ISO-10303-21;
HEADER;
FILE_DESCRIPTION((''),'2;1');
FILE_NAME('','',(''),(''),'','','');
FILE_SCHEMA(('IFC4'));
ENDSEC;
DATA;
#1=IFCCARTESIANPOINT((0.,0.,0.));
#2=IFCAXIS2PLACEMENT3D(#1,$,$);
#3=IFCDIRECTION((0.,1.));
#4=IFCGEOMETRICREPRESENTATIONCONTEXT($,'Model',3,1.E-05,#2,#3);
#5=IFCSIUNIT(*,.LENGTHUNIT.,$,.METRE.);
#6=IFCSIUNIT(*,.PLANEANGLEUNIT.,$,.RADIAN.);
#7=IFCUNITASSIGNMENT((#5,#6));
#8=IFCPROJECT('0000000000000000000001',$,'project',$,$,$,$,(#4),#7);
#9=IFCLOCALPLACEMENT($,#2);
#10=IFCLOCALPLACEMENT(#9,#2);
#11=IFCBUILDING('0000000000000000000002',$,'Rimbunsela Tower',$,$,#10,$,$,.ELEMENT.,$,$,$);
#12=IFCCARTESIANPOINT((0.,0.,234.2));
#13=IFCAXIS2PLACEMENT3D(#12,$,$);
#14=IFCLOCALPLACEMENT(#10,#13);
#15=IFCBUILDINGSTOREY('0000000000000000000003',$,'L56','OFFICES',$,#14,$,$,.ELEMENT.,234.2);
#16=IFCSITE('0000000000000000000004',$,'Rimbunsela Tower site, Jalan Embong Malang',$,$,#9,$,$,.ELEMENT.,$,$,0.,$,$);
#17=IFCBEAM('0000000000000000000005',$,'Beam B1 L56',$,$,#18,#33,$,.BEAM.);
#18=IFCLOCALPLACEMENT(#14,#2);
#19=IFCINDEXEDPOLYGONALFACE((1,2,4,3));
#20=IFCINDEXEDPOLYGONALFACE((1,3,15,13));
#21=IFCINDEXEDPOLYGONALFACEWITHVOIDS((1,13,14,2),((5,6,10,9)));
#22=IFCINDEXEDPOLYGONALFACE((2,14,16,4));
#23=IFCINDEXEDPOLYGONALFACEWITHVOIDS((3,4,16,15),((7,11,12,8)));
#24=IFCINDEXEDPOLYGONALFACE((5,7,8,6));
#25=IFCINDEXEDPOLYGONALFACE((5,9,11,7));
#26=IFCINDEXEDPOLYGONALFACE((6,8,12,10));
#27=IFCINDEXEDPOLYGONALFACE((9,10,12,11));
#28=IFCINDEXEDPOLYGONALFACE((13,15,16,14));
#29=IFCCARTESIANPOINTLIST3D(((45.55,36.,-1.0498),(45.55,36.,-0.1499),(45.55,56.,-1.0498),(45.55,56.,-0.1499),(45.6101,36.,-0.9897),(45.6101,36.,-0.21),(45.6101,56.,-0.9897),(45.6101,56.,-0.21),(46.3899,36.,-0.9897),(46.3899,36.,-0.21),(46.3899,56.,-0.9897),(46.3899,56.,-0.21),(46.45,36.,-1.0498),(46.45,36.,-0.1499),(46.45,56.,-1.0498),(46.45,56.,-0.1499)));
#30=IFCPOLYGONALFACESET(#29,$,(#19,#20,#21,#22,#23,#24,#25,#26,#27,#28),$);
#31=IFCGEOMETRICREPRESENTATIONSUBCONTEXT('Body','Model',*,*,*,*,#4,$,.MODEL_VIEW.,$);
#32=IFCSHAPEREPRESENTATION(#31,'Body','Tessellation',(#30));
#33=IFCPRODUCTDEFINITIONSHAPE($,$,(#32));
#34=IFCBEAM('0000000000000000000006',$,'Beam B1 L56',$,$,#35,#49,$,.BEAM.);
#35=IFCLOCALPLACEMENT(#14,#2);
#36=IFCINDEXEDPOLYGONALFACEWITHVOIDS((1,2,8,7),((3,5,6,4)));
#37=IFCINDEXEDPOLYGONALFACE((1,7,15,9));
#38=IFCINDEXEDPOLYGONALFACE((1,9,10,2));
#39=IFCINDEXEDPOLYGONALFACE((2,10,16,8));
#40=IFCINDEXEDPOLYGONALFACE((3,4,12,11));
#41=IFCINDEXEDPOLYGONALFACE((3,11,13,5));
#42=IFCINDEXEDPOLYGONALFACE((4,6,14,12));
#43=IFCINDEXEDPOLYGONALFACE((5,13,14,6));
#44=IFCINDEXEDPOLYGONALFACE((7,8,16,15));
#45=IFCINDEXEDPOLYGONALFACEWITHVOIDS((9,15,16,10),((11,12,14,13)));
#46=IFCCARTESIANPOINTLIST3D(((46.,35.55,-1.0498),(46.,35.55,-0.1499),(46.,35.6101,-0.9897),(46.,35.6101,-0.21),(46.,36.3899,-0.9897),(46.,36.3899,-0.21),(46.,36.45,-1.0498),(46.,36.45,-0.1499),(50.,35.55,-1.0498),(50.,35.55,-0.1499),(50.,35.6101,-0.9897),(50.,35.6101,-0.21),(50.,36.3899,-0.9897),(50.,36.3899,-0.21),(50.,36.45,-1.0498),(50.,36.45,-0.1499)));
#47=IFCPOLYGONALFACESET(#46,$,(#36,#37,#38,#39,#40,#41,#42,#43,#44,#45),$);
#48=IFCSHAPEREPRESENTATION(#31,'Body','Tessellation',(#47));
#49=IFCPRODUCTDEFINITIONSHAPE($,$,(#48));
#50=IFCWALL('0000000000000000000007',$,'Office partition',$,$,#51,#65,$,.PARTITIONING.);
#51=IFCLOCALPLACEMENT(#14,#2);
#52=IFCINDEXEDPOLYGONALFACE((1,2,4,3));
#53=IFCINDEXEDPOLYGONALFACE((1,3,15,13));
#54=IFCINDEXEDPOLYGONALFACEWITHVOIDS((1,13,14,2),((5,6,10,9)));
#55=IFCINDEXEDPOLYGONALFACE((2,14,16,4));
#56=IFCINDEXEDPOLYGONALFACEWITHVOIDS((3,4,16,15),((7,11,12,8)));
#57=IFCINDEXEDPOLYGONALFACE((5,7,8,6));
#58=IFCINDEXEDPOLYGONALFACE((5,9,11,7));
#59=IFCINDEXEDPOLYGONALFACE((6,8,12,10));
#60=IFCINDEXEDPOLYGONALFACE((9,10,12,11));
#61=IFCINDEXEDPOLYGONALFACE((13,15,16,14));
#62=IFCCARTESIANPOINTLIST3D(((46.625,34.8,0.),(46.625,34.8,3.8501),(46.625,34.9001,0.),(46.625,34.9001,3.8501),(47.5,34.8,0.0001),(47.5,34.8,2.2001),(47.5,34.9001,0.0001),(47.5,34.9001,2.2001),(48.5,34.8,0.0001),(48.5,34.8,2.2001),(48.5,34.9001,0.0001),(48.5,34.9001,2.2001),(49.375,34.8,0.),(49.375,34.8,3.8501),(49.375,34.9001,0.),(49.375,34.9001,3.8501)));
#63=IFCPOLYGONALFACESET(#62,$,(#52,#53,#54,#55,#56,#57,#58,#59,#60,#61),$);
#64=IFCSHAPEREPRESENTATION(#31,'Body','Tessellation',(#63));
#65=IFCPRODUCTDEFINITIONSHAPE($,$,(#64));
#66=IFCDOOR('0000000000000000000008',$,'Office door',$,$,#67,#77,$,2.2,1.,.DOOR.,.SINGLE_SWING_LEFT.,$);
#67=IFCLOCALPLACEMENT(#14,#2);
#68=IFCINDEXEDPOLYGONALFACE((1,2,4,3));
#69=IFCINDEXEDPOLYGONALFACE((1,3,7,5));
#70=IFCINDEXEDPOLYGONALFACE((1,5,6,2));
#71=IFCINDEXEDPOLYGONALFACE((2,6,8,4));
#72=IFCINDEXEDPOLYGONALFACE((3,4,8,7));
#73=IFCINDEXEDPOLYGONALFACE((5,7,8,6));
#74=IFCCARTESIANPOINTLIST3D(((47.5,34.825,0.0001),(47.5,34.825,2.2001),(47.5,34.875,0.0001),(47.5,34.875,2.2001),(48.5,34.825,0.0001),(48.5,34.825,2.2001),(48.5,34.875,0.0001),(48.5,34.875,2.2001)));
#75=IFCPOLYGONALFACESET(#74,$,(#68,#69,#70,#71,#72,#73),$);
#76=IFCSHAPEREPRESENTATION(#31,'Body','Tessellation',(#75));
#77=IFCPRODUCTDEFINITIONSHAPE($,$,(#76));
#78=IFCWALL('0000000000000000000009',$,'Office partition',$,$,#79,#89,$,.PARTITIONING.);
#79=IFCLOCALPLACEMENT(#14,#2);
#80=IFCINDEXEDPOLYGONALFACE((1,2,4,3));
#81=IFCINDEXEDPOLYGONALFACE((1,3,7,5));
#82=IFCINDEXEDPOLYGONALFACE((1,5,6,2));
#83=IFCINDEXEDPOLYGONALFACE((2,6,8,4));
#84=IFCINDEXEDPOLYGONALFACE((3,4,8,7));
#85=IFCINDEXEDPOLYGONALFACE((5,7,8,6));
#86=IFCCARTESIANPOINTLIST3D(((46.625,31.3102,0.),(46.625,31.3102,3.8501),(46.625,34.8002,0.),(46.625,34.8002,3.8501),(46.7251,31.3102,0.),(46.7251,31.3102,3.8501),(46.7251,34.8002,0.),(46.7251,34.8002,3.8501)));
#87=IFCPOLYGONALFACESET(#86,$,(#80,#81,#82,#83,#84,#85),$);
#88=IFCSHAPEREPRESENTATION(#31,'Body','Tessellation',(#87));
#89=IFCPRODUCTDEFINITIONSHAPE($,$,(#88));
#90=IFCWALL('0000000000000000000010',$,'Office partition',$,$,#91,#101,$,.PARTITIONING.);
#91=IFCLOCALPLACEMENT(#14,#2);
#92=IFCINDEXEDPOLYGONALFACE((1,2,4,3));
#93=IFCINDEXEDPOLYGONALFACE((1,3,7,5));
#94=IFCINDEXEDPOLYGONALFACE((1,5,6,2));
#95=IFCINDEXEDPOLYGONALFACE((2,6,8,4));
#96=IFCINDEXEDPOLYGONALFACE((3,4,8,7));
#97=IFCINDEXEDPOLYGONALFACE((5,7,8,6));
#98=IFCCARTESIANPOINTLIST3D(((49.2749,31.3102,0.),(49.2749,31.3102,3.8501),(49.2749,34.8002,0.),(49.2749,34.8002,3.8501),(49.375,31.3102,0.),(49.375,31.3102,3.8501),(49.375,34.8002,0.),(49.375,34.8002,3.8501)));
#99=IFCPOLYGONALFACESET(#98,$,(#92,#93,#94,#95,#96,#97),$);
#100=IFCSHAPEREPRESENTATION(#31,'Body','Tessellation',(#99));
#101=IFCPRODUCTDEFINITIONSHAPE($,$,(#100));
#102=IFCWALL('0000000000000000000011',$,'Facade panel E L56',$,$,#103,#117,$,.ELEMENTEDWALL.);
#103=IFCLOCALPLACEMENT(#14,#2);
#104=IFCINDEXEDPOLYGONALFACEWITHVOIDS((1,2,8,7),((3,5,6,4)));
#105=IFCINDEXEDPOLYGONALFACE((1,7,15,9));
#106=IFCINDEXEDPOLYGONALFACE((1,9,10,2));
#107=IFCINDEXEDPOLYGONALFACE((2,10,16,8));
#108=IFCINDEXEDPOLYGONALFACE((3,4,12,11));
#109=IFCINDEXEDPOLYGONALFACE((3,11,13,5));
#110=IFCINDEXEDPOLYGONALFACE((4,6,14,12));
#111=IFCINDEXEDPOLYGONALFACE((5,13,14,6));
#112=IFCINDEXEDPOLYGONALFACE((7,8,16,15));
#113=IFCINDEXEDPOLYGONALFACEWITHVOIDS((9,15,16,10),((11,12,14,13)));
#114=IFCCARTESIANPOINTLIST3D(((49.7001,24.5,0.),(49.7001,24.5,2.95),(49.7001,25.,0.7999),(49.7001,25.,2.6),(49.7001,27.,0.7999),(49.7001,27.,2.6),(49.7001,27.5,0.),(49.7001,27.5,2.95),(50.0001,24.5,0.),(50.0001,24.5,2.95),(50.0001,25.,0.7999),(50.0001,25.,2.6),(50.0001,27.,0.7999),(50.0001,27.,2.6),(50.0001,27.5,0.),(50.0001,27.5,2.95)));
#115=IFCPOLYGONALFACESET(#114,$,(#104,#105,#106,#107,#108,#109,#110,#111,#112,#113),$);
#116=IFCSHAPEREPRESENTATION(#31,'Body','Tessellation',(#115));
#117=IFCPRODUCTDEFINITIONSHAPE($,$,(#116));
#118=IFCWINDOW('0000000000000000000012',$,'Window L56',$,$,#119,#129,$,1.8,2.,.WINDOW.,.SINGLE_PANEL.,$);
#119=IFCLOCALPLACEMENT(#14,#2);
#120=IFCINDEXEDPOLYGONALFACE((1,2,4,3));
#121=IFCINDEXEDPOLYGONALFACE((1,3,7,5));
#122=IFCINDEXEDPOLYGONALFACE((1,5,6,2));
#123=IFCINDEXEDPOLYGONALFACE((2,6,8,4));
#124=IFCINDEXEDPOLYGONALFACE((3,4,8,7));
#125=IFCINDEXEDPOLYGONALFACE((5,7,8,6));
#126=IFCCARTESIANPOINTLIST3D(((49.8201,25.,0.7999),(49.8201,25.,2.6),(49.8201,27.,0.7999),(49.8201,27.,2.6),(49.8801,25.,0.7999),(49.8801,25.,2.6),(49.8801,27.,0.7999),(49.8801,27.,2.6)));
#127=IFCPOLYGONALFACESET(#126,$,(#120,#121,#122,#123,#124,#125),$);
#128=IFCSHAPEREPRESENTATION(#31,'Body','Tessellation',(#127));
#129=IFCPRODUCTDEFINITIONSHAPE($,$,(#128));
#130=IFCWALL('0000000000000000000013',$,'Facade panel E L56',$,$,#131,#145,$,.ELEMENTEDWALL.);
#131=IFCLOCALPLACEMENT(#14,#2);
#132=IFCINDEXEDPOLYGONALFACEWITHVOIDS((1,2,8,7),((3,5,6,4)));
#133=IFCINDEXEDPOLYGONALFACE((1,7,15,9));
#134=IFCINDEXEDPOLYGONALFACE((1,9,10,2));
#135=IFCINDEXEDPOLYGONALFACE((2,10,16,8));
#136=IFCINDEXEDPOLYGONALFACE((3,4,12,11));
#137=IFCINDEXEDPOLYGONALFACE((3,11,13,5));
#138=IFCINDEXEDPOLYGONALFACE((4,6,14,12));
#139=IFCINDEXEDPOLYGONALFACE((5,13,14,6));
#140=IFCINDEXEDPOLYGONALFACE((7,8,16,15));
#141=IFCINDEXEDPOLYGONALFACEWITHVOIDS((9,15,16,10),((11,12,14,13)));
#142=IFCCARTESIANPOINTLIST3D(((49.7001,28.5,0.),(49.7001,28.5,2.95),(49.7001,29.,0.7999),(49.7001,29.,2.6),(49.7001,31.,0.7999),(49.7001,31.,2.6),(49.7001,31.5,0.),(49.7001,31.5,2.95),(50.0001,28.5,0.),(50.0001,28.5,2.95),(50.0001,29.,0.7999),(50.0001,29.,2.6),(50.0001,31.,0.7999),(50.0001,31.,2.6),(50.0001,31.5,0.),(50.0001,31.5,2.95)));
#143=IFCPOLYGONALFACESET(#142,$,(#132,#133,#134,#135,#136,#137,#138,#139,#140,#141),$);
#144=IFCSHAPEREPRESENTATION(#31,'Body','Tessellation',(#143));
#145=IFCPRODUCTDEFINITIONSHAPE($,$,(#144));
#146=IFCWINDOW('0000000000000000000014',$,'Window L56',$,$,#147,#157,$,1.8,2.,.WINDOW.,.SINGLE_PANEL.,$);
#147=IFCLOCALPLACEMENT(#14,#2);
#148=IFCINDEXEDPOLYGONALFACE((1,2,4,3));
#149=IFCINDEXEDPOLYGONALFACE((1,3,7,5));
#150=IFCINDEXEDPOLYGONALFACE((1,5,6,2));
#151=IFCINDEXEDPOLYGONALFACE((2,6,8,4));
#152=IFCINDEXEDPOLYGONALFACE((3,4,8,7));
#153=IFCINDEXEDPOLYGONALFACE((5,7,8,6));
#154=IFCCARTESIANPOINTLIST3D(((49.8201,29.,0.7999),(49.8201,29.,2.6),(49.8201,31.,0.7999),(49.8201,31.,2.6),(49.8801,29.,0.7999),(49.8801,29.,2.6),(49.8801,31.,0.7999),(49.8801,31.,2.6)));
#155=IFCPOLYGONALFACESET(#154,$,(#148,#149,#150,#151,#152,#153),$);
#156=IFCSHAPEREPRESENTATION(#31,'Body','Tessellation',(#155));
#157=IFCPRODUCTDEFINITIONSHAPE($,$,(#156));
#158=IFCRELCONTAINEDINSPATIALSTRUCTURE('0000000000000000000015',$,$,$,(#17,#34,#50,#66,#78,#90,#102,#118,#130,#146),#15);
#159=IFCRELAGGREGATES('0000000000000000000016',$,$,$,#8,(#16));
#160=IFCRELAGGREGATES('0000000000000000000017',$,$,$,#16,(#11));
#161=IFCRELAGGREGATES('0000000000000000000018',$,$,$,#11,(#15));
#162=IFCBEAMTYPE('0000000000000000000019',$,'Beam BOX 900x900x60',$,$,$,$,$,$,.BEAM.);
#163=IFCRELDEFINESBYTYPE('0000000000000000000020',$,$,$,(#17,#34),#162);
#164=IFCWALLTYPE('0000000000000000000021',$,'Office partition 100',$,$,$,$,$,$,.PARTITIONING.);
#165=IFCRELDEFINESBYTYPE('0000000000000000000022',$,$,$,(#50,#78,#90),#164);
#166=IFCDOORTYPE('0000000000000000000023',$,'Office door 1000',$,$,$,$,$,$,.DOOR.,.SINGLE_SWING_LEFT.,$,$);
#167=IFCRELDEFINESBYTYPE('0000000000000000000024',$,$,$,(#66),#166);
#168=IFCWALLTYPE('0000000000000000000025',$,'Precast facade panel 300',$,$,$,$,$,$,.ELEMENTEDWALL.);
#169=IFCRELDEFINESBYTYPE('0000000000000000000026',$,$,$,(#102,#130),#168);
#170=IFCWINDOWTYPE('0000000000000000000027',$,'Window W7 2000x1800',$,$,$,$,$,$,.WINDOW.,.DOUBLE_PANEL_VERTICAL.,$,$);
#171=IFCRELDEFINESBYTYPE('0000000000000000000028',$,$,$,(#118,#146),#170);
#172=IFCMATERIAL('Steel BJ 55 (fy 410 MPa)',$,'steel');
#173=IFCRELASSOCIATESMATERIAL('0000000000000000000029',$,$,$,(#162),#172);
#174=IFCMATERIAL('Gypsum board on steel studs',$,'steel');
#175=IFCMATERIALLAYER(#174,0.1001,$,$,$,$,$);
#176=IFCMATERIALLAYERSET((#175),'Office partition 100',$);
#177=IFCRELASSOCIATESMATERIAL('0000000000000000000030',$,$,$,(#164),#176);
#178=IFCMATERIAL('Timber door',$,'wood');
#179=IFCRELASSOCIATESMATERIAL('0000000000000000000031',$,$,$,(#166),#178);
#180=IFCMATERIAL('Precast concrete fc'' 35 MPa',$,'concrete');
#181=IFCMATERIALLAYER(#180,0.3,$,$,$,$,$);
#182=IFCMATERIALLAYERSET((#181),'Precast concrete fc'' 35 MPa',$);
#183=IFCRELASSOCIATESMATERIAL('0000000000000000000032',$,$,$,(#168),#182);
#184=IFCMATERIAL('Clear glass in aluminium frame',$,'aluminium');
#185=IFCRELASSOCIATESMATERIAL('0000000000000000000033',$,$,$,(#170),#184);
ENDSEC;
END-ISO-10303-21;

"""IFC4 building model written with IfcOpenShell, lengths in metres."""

from ifc_helpers import new_model, si_unit, direction, frame, frame_2d, origin, origin_2d, place, context, subcontext, project, spatial, rectangle, hollow_rectangle, extrude, material, layer, layer_set, material_profile, profile_set, type_object, element, fill, save


model = new_model("IFC4")

# Units and contexts
model_context = context("Model", 3, precision=1e-05, world=origin(), true_north=direction((0.0, 1.0)))
body_context = subcontext(model_context, "Body", "Model", "MODEL_VIEW")
ifc_project = project(units=[si_unit("LENGTHUNIT", "METRE"), si_unit("PLANEANGLEUNIT", "RADIAN")], contexts=[model_context])

# Site, building, storey
site_placement = place(None, origin())
site = spatial("IfcSite", under=ifc_project, at=site_placement, Name="Rimbunsela Tower site, Jalan Embong Malang", CompositionType="ELEMENT", RefElevation=0.0)
building_placement = place(site_placement, origin())
building = spatial("IfcBuilding", under=site, at=building_placement, Name="Rimbunsela Tower", CompositionType="ELEMENT")
storey_placement = place(building_placement, frame((0.0, 0.0, 234.2)))
storey = spatial("IfcBuildingStorey", under=building, at=storey_placement, Name="L56", Description="OFFICES", CompositionType="ELEMENT", Elevation=234.2)

# Beams
ifc_material_1 = material(Name="Steel BJ 55 (fy 410 MPa)", Category="steel")
ifc_material_profile_1 = material_profile(ifc_material_1, hollow_rectangle(XDim=0.8999, YDim=0.8999, WallThickness=0.0601, at=origin_2d()), Name="BOX 900x900x60")
ifc_profile_set_1 = profile_set([ifc_material_profile_1], Name="Steel BJ 55 (fy 410 MPa)")
beam_type_1 = type_object("IfcBeamType", Name="Beam BOX 900x900x60", PredefinedType="BEAM", material=ifc_profile_set_1)
beam_1_placement = place(storey_placement, frame((46.0, 36.0, -0.5999), z_axis=(0.0, 1.0, 0.0), x_axis=(-1.0, 0.0, 0.0)))
element("IfcBeam", 1, at=beam_1_placement, inside=storey, type_object=beam_type_1, Name="Beam B1 L56", PredefinedType="BEAM", context=body_context, shape_type="SweptSolid", body=[
    extrude(hollow_rectangle(XDim=0.8999, YDim=0.8999, WallThickness=0.0601, at=origin_2d()), origin(), (0.0, 0.0, 1.0), 20.0),
])
beam_2_placement = place(storey_placement, frame((46.0, 36.0, -0.5999), z_axis=(1.0, 0.0, 0.0), x_axis=(0.0, 1.0, 0.0)))
element("IfcBeam", 2, at=beam_2_placement, inside=storey, type_object=beam_type_1, Name="Beam B1 L56", PredefinedType="BEAM", context=body_context, shape_type="SweptSolid", body=[
    extrude(hollow_rectangle(XDim=0.8999, YDim=0.8999, WallThickness=0.0601, at=origin_2d()), origin(), (0.0, 0.0, 1.0), 4.0),
])

# Wall, opening, door
ifc_material_2 = material(Name="Gypsum board on steel studs", Category="steel")
ifc_layer_1 = layer(ifc_material_2, 0.1001)
ifc_layer_set_1 = layer_set([ifc_layer_1], Name="Office partition 100")
wall_type_1 = type_object("IfcWallType", Name="Office partition 100", PredefinedType="PARTITIONING", material=ifc_layer_set_1)
wall_1_placement = place(storey_placement, frame((46.625, 34.8501, 0.0), z_axis=(0.0, 0.0, 1.0), x_axis=(1.0, 0.0, 0.0)))
wall_1 = element("IfcWall", 3, at=wall_1_placement, inside=storey, type_object=wall_type_1, Name="Office partition", PredefinedType="PARTITIONING", context=body_context, shape_type="SweptSolid", body=[
    extrude(rectangle(XDim=2.75, YDim=0.1001, at=frame_2d((1.375, 0.0))), origin(), (0.0, 0.0, 1.0), 3.8501),
])
opening_1_placement = place(wall_1_placement, frame((0.875, 0.0, 0.0)))
opening_1 = element("IfcOpeningElement", 4, at=opening_1_placement, cuts=wall_1, PredefinedType="OPENING", context=body_context, shape_type="SweptSolid", body=[
    extrude(rectangle(XDim=1.0, YDim=2.2, at=frame_2d((0.5, 1.1001))), frame((0.0, 0.0601, 0.0), z_axis=(0.0, -1.0, 0.0), x_axis=(1.0, 0.0, 0.0)), (0.0, 0.0, 1.0), 0.1201),
])
ifc_material_3 = material(Name="Timber door", Category="wood")
door_type = type_object("IfcDoorType", Name="Office door 1000", OperationType="SINGLE_SWING_LEFT", PredefinedType="DOOR", material=ifc_material_3)
door_placement = place(opening_1_placement, origin())
door = element("IfcDoor", 5, at=door_placement, inside=storey, type_object=door_type, Name="Office door", OperationType="SINGLE_SWING_LEFT", OverallHeight=2.2, OverallWidth=1.0, PredefinedType="DOOR", context=body_context, shape_type="SweptSolid", body=[
    extrude(rectangle(XDim=1.0, YDim=2.2, at=frame_2d((0.5, 1.1001))), frame((0.0, 0.0249, 0.0), z_axis=(0.0, -1.0, 0.0), x_axis=(1.0, 0.0, 0.0)), (0.0, 0.0, 1.0), 0.05),
])
fill(opening_1, door)

# Walls
for number, where, z_axis, x_axis, name in (
    (6, (46.675, 31.3101, 0.0), (0.0, 0.0, 1.0), (0.0, 1.0, 0.0), "Office partition"),
    (7, (49.325, 31.3101, 0.0), (0.0, 0.0, 1.0), (0.0, 1.0, 0.0), "Office partition"),
):
    element("IfcWall", number, at=place(storey_placement, frame(where, z_axis=z_axis, x_axis=x_axis)), inside=storey, type_object=wall_type_1, Name=name, PredefinedType="PARTITIONING", context=body_context, shape_type="SweptSolid", body=[
        extrude(rectangle(XDim=3.49, YDim=0.1001, at=frame_2d((1.7451, 0.0))), origin(), (0.0, 0.0, 1.0), 3.8501),
    ])

# Walls, openings, windows
ifc_material_4 = material(Name="Precast concrete fc' 35 MPa", Category="concrete")
ifc_layer_2 = layer(ifc_material_4, 0.3)
ifc_layer_set_2 = layer_set([ifc_layer_2], Name="Precast concrete fc' 35 MPa")
wall_type_2 = type_object("IfcWallType", Name="Precast facade panel 300", PredefinedType="ELEMENTEDWALL", material=ifc_layer_set_2)
wall_2_placement = place(storey_placement, frame((49.8501, 24.5, 0.0), z_axis=(0.0, 0.0, 1.0), x_axis=(0.0, 1.0, 0.0)))
wall_2 = element("IfcWall", 8, at=wall_2_placement, inside=storey, type_object=wall_type_2, Name="Facade panel E L56", PredefinedType="ELEMENTEDWALL", context=body_context, shape_type="SweptSolid", body=[
    extrude(rectangle(XDim=3.0, YDim=0.3, at=frame_2d((1.5, 0.0))), origin(), (0.0, 0.0, 1.0), 2.95),
])
opening_2_placement = place(wall_2_placement, frame((0.5, 0.0, 0.8)))
opening_2 = element("IfcOpeningElement", 9, at=opening_2_placement, cuts=wall_2, PredefinedType="OPENING", context=body_context, shape_type="SweptSolid", body=[
    extrude(rectangle(XDim=2.0, YDim=1.8, at=frame_2d((1.0, 0.8999))), frame((0.0, 0.1599, 0.0), z_axis=(0.0, -1.0, 0.0), x_axis=(1.0, 0.0, 0.0)), (0.0, 0.0, 1.0), 0.3201),
])
ifc_material_5 = material(Name="Clear glass in aluminium frame", Category="aluminium")
window_type = type_object("IfcWindowType", Name="Window W7 2000x1800", PartitioningType="DOUBLE_PANEL_VERTICAL", PredefinedType="WINDOW", material=ifc_material_5)
window_1_placement = place(opening_2_placement, origin())
window_1 = element("IfcWindow", 10, at=window_1_placement, inside=storey, type_object=window_type, Name="Window L56", OverallHeight=1.8, OverallWidth=2.0, PartitioningType="SINGLE_PANEL", PredefinedType="WINDOW", context=body_context, shape_type="SweptSolid", body=[
    extrude(rectangle(XDim=2.0, YDim=1.8, at=frame_2d((1.0, 0.8999))), frame((0.0, 0.03, 0.0), z_axis=(0.0, -1.0, 0.0), x_axis=(1.0, 0.0, 0.0)), (0.0, 0.0, 1.0), 0.0601),
])
fill(opening_2, window_1)
wall_3_placement = place(storey_placement, frame((49.8501, 28.5, 0.0), z_axis=(0.0, 0.0, 1.0), x_axis=(0.0, 1.0, 0.0)))
wall_3 = element("IfcWall", 11, at=wall_3_placement, inside=storey, type_object=wall_type_2, Name="Facade panel E L56", PredefinedType="ELEMENTEDWALL", context=body_context, shape_type="SweptSolid", body=[
    extrude(rectangle(XDim=3.0, YDim=0.3, at=frame_2d((1.5, 0.0))), origin(), (0.0, 0.0, 1.0), 2.95),
])
opening_3_placement = place(wall_3_placement, frame((0.5, 0.0, 0.8)))
opening_3 = element("IfcOpeningElement", 12, at=opening_3_placement, cuts=wall_3, PredefinedType="OPENING", context=body_context, shape_type="SweptSolid", body=[
    extrude(rectangle(XDim=2.0, YDim=1.8, at=frame_2d((1.0, 0.8999))), frame((0.0, 0.1599, 0.0), z_axis=(0.0, -1.0, 0.0), x_axis=(1.0, 0.0, 0.0)), (0.0, 0.0, 1.0), 0.3201),
])
window_2_placement = place(opening_3_placement, origin())
window_2 = element("IfcWindow", 13, at=window_2_placement, inside=storey, type_object=window_type, Name="Window L56", OverallHeight=1.8, OverallWidth=2.0, PartitioningType="SINGLE_PANEL", PredefinedType="WINDOW", context=body_context, shape_type="SweptSolid", body=[
    extrude(rectangle(XDim=2.0, YDim=1.8, at=frame_2d((1.0, 0.8999))), frame((0.0, 0.03, 0.0), z_axis=(0.0, -1.0, 0.0), x_axis=(1.0, 0.0, 0.0)), (0.0, 0.0, 1.0), 0.0601),
])
fill(opening_3, window_2)

save(model, "model.ifc")
